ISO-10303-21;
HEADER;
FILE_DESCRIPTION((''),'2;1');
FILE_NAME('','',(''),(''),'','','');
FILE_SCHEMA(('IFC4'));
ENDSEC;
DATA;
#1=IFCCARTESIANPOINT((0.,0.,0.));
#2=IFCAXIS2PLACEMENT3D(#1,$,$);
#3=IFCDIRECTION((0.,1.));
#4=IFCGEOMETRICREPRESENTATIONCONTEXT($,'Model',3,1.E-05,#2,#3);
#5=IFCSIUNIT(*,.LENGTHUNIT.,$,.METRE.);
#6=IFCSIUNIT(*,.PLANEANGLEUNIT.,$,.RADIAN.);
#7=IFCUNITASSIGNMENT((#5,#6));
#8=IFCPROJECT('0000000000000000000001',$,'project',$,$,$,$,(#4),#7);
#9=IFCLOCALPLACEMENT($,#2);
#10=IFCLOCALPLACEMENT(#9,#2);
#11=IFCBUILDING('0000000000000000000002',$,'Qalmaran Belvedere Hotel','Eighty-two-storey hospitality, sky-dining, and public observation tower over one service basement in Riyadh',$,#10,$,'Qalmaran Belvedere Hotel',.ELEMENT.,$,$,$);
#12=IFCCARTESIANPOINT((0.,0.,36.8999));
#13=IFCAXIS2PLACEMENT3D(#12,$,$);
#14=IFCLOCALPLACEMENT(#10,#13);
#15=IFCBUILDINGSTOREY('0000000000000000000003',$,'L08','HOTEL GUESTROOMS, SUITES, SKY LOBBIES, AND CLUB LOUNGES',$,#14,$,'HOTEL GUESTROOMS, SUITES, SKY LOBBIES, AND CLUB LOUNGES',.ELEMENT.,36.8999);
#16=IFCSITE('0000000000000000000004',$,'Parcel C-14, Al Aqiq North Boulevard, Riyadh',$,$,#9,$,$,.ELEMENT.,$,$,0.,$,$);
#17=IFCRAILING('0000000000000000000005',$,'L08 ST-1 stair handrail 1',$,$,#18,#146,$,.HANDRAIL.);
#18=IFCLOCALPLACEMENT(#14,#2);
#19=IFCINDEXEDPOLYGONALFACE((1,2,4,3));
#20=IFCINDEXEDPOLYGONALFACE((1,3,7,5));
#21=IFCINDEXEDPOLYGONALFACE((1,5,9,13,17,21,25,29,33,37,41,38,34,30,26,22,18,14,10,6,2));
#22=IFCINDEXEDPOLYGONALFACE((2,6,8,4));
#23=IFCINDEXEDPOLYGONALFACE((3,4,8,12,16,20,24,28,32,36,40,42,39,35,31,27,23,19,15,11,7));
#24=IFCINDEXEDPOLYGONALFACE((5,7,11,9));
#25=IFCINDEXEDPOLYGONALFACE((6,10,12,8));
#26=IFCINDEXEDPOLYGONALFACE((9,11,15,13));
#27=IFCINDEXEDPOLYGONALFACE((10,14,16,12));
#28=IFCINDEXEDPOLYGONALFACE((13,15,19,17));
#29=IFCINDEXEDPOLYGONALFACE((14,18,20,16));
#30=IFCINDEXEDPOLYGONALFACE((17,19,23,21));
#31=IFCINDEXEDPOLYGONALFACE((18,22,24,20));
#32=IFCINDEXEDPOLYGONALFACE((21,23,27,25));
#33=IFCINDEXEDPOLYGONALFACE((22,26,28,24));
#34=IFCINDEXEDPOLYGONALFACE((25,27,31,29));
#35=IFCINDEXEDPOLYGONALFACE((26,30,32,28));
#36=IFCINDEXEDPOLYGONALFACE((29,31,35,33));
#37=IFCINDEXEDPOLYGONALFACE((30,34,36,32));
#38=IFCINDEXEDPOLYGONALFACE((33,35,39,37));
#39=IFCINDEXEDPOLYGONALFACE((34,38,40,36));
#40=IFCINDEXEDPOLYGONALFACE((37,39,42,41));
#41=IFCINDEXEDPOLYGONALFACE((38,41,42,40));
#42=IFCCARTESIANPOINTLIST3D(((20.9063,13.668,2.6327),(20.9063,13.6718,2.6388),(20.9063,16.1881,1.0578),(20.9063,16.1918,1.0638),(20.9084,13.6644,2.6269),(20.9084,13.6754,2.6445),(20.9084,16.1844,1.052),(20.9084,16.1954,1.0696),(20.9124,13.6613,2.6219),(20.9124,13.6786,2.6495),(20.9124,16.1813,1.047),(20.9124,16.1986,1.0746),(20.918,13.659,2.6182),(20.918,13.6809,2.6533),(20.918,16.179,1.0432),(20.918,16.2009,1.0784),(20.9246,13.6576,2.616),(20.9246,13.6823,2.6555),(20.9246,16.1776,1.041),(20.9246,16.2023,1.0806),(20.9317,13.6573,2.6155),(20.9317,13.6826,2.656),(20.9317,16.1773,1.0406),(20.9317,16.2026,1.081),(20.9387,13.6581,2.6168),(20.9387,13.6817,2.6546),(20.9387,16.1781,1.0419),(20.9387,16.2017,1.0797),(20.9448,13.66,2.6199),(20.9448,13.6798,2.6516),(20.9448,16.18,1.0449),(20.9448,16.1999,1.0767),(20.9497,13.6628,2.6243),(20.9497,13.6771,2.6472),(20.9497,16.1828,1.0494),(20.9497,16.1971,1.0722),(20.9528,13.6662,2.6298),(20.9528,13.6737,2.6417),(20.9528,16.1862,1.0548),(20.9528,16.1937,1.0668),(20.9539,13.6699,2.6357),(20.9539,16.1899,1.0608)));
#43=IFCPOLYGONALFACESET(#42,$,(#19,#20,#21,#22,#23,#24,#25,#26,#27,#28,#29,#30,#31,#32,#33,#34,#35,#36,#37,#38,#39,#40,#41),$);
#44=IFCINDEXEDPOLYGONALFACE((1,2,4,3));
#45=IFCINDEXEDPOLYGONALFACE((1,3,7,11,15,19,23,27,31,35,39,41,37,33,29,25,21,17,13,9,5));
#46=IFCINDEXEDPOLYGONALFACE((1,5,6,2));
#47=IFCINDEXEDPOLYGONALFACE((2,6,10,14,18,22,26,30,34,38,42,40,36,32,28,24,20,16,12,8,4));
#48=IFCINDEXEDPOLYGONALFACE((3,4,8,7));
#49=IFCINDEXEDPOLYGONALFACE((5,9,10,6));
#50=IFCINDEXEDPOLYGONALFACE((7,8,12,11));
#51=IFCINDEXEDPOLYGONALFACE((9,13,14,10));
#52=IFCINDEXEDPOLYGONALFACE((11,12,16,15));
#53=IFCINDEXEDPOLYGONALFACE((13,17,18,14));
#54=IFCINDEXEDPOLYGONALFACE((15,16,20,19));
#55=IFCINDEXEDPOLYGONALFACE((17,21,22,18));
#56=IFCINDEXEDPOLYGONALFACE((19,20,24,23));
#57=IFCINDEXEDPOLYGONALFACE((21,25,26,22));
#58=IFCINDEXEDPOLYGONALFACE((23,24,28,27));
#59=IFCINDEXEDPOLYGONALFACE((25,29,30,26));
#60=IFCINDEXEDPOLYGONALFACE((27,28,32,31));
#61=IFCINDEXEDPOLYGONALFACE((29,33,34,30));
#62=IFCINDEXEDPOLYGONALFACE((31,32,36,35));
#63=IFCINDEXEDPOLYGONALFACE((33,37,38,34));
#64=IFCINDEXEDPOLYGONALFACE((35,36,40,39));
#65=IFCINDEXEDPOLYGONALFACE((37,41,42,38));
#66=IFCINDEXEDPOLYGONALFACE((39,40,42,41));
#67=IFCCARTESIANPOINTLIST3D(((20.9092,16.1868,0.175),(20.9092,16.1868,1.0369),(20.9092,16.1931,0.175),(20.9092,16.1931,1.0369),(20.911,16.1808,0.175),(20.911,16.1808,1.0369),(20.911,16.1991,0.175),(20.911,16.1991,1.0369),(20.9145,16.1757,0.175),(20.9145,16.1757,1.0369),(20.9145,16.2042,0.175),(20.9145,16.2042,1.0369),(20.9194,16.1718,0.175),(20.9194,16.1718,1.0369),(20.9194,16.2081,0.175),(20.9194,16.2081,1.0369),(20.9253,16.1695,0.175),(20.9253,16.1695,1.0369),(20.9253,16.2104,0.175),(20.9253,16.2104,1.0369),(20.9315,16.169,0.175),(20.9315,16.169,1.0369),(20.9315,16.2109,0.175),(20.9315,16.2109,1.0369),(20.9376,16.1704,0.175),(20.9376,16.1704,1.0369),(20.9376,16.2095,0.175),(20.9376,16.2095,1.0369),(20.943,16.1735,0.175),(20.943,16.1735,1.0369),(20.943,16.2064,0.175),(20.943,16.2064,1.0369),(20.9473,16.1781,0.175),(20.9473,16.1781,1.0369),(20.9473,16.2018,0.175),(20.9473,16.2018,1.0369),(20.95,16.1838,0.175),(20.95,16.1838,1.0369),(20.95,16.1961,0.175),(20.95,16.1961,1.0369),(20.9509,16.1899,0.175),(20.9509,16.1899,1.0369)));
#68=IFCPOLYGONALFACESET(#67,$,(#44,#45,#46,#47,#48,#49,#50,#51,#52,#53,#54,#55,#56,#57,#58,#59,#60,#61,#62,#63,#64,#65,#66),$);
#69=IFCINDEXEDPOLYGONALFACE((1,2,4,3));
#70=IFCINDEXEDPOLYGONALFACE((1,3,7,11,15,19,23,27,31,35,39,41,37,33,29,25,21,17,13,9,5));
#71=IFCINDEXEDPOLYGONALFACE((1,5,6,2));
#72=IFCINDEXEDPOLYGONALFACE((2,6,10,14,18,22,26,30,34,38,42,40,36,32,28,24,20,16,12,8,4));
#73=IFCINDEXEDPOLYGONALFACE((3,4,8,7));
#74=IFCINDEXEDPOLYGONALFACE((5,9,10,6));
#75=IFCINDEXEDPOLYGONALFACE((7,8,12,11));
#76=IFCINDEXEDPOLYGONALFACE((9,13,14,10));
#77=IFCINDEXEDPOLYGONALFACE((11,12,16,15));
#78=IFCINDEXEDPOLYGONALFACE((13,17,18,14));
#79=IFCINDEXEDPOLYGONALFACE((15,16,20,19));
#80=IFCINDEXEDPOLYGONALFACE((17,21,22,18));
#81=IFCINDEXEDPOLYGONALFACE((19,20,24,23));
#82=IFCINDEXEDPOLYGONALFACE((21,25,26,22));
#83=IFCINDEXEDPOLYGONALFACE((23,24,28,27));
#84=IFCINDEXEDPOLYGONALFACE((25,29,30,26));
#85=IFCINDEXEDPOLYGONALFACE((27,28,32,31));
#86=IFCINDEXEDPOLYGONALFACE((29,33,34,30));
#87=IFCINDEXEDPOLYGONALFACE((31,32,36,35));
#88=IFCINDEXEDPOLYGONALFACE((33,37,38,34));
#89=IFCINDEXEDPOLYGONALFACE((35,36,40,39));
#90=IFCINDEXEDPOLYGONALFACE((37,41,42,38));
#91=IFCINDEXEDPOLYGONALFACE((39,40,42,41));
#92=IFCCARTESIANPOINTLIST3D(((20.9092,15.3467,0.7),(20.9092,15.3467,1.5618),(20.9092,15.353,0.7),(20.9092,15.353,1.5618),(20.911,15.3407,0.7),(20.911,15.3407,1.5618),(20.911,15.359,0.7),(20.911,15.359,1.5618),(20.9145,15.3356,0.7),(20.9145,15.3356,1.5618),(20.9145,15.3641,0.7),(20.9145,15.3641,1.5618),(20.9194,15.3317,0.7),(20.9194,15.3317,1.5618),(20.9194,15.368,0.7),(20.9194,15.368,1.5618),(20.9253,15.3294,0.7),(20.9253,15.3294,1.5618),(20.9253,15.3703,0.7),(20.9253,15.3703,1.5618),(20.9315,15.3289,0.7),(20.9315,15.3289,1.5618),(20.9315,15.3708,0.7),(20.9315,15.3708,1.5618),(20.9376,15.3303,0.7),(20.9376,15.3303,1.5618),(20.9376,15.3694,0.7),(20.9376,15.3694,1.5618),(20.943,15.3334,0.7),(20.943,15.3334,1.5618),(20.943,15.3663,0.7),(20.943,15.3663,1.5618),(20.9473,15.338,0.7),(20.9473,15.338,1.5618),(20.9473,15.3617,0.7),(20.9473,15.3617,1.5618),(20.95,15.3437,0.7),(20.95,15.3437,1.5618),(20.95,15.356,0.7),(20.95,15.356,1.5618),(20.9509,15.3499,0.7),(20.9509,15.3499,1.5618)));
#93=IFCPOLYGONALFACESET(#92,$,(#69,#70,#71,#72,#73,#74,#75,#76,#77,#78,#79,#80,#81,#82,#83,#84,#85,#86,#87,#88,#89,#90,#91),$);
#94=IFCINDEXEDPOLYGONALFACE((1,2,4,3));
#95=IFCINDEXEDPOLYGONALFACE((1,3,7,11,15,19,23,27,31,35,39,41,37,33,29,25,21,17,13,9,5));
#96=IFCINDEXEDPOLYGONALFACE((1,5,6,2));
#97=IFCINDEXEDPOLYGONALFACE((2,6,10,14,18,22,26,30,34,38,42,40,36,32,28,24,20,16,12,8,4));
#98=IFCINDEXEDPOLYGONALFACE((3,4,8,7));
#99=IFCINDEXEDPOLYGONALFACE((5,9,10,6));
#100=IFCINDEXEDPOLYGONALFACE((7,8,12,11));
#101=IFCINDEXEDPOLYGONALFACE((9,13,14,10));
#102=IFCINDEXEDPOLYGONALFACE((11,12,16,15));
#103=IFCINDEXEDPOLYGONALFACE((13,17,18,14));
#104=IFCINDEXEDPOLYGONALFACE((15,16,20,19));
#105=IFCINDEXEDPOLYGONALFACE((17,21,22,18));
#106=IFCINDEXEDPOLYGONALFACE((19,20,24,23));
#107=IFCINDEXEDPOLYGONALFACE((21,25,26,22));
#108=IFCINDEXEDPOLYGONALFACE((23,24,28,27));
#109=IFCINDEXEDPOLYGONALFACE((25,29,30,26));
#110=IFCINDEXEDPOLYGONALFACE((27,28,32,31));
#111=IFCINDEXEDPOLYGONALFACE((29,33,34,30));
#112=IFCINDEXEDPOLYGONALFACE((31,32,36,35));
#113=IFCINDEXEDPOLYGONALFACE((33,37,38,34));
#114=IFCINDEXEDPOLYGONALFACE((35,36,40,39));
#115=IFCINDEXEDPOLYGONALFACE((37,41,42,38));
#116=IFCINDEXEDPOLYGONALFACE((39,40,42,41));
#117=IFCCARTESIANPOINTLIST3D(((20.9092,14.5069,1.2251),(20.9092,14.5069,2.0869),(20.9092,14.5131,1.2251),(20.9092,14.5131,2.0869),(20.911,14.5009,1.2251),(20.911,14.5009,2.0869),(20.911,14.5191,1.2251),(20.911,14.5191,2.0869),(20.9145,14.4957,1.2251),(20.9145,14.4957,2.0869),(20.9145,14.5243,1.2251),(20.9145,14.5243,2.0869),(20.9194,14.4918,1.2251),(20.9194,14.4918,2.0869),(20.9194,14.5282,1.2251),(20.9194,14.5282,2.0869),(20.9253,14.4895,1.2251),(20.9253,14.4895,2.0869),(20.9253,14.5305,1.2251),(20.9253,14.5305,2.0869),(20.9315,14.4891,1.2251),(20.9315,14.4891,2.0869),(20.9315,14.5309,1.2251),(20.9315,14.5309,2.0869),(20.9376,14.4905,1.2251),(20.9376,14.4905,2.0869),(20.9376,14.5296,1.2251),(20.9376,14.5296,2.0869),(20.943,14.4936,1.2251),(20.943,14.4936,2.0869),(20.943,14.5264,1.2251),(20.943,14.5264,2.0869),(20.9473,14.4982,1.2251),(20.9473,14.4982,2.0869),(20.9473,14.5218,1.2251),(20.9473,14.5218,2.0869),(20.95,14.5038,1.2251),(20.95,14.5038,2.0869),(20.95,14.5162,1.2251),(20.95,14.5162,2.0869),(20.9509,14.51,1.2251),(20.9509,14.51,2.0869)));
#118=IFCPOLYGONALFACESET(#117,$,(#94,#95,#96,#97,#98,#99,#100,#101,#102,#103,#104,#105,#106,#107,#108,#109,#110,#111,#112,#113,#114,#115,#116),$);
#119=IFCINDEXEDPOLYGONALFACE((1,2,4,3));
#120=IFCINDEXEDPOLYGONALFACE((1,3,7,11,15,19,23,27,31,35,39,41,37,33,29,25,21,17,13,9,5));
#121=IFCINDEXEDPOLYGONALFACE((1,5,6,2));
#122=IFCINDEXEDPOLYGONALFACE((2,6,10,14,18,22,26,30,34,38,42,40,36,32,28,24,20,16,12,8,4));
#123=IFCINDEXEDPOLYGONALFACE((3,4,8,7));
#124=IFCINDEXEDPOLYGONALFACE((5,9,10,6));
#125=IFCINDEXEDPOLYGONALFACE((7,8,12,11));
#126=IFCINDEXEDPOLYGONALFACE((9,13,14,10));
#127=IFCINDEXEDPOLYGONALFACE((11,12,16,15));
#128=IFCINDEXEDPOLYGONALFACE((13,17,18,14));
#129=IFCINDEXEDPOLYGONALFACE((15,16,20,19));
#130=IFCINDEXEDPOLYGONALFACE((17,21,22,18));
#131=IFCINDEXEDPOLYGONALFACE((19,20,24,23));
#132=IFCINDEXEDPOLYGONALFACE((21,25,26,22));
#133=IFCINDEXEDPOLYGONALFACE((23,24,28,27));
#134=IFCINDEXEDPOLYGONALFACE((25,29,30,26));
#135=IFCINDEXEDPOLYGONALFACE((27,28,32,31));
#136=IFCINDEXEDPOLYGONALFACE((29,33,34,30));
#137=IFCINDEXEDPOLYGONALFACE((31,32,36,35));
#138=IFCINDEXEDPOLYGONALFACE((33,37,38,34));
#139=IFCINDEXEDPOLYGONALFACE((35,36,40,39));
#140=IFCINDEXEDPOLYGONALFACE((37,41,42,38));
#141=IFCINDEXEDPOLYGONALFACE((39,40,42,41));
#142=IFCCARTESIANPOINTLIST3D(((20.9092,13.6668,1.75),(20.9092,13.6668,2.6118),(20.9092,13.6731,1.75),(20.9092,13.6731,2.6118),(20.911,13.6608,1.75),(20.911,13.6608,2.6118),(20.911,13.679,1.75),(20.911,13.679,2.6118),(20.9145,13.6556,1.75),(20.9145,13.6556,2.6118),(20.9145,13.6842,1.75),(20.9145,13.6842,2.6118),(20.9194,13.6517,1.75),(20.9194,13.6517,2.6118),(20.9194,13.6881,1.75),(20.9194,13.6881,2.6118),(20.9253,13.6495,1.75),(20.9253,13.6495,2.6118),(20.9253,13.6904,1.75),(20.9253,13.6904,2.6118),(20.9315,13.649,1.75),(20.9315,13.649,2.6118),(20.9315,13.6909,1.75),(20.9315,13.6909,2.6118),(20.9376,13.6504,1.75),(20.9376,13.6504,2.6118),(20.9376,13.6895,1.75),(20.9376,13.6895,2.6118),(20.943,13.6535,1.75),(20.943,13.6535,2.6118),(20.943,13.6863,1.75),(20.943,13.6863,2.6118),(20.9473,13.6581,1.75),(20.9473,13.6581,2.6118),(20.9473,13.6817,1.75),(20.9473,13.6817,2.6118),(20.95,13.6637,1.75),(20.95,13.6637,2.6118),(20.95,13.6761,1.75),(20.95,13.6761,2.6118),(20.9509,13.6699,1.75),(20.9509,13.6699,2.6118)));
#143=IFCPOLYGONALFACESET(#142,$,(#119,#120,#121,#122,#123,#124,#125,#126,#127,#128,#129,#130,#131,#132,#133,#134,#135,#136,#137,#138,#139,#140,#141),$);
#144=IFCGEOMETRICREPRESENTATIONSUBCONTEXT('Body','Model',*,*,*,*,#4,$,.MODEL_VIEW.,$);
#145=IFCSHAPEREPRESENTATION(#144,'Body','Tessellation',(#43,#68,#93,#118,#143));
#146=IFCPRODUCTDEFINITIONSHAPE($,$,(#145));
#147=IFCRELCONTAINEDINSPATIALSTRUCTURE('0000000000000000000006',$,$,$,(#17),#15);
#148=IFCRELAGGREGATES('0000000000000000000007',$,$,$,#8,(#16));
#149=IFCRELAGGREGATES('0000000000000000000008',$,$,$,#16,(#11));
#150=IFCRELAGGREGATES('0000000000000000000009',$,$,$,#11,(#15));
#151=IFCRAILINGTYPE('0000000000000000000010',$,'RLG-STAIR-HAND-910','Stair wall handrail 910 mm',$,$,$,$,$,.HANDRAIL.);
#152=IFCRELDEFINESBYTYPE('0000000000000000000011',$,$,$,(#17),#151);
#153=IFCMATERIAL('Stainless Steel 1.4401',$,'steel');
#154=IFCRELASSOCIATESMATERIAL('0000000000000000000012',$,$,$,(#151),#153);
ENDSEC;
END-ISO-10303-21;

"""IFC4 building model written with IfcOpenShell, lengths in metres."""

from ifc_helpers import new_model, si_unit, direction, frame, origin, origin_2d, place, context, subcontext, project, spatial, circle, extrude, material, type_object, element, save


model = new_model("IFC4")

# Units and contexts
model_context = context("Model", 3, precision=1e-05, world=origin(), true_north=direction((0.0, 1.0)))
body_context = subcontext(model_context, "Body", "Model", "MODEL_VIEW")
ifc_project = project(units=[si_unit("LENGTHUNIT", "METRE"), si_unit("PLANEANGLEUNIT", "RADIAN")], contexts=[model_context])

# Site, building, storey
site_placement = place(None, origin())
site = spatial("IfcSite", under=ifc_project, at=site_placement, Name="Parcel C-14, Al Aqiq North Boulevard, Riyadh", CompositionType="ELEMENT", RefElevation=0.0)
building_placement = place(site_placement, origin())
building = spatial("IfcBuilding", under=site, at=building_placement, Name="Qalmaran Belvedere Hotel", Description="Eighty-two-storey hospitality, sky-dining, and public observation tower over one service basement in Riyadh", LongName="Qalmaran Belvedere Hotel", CompositionType="ELEMENT")
storey_placement = place(building_placement, frame((0.0, 0.0, 36.8999)))
storey = spatial("IfcBuildingStorey", under=building, at=storey_placement, Name="L08", Description="HOTEL GUESTROOMS, SUITES, SKY LOBBIES, AND CLUB LOUNGES", LongName="HOTEL GUESTROOMS, SUITES, SKY LOBBIES, AND CLUB LOUNGES", CompositionType="ELEMENT", Elevation=36.8999)

# Shared definitions
ifc_material_1 = material(Name="Stainless Steel 1.4401", Category="steel")

# Railing
railing_type = type_object("IfcRailingType", Name="RLG-STAIR-HAND-910", Description="Stair wall handrail 910 mm", PredefinedType="HANDRAIL", material=ifc_material_1)
railing_placement = place(storey_placement, frame((20.9299, 16.1899, 0.175)))
element("IfcRailing", 1, at=railing_placement, inside=storey, type_object=railing_type, Name="L08 ST-1 stair handrail 1", PredefinedType="HANDRAIL", context=body_context, shape_type="SweptSolid", body=[
    extrude(circle(Radius=0.0239, at=origin_2d()), frame((0.0, 0.0, 0.8857), z_axis=(0.0, -0.848008, 0.529984), x_axis=(1.0, 0.0, 0.0)), (0.0, 0.0, 1.0), 2.9717),
    extrude(circle(Radius=0.021, at=origin_2d()), origin(), (0.0, 0.0, 1.0), 0.8618),
    extrude(circle(Radius=0.021, at=origin_2d()), frame((0.0, -0.8401, 0.5249)), (0.0, 0.0, 1.0), 0.8618),
    extrude(circle(Radius=0.021, at=origin_2d()), frame((0.0, -1.6799, 1.05)), (0.0, 0.0, 1.0), 0.8618),
    extrude(circle(Radius=0.021, at=origin_2d()), frame((0.0, -2.52, 1.575)), (0.0, 0.0, 1.0), 0.8618),
])

save(model, "model.ifc")
